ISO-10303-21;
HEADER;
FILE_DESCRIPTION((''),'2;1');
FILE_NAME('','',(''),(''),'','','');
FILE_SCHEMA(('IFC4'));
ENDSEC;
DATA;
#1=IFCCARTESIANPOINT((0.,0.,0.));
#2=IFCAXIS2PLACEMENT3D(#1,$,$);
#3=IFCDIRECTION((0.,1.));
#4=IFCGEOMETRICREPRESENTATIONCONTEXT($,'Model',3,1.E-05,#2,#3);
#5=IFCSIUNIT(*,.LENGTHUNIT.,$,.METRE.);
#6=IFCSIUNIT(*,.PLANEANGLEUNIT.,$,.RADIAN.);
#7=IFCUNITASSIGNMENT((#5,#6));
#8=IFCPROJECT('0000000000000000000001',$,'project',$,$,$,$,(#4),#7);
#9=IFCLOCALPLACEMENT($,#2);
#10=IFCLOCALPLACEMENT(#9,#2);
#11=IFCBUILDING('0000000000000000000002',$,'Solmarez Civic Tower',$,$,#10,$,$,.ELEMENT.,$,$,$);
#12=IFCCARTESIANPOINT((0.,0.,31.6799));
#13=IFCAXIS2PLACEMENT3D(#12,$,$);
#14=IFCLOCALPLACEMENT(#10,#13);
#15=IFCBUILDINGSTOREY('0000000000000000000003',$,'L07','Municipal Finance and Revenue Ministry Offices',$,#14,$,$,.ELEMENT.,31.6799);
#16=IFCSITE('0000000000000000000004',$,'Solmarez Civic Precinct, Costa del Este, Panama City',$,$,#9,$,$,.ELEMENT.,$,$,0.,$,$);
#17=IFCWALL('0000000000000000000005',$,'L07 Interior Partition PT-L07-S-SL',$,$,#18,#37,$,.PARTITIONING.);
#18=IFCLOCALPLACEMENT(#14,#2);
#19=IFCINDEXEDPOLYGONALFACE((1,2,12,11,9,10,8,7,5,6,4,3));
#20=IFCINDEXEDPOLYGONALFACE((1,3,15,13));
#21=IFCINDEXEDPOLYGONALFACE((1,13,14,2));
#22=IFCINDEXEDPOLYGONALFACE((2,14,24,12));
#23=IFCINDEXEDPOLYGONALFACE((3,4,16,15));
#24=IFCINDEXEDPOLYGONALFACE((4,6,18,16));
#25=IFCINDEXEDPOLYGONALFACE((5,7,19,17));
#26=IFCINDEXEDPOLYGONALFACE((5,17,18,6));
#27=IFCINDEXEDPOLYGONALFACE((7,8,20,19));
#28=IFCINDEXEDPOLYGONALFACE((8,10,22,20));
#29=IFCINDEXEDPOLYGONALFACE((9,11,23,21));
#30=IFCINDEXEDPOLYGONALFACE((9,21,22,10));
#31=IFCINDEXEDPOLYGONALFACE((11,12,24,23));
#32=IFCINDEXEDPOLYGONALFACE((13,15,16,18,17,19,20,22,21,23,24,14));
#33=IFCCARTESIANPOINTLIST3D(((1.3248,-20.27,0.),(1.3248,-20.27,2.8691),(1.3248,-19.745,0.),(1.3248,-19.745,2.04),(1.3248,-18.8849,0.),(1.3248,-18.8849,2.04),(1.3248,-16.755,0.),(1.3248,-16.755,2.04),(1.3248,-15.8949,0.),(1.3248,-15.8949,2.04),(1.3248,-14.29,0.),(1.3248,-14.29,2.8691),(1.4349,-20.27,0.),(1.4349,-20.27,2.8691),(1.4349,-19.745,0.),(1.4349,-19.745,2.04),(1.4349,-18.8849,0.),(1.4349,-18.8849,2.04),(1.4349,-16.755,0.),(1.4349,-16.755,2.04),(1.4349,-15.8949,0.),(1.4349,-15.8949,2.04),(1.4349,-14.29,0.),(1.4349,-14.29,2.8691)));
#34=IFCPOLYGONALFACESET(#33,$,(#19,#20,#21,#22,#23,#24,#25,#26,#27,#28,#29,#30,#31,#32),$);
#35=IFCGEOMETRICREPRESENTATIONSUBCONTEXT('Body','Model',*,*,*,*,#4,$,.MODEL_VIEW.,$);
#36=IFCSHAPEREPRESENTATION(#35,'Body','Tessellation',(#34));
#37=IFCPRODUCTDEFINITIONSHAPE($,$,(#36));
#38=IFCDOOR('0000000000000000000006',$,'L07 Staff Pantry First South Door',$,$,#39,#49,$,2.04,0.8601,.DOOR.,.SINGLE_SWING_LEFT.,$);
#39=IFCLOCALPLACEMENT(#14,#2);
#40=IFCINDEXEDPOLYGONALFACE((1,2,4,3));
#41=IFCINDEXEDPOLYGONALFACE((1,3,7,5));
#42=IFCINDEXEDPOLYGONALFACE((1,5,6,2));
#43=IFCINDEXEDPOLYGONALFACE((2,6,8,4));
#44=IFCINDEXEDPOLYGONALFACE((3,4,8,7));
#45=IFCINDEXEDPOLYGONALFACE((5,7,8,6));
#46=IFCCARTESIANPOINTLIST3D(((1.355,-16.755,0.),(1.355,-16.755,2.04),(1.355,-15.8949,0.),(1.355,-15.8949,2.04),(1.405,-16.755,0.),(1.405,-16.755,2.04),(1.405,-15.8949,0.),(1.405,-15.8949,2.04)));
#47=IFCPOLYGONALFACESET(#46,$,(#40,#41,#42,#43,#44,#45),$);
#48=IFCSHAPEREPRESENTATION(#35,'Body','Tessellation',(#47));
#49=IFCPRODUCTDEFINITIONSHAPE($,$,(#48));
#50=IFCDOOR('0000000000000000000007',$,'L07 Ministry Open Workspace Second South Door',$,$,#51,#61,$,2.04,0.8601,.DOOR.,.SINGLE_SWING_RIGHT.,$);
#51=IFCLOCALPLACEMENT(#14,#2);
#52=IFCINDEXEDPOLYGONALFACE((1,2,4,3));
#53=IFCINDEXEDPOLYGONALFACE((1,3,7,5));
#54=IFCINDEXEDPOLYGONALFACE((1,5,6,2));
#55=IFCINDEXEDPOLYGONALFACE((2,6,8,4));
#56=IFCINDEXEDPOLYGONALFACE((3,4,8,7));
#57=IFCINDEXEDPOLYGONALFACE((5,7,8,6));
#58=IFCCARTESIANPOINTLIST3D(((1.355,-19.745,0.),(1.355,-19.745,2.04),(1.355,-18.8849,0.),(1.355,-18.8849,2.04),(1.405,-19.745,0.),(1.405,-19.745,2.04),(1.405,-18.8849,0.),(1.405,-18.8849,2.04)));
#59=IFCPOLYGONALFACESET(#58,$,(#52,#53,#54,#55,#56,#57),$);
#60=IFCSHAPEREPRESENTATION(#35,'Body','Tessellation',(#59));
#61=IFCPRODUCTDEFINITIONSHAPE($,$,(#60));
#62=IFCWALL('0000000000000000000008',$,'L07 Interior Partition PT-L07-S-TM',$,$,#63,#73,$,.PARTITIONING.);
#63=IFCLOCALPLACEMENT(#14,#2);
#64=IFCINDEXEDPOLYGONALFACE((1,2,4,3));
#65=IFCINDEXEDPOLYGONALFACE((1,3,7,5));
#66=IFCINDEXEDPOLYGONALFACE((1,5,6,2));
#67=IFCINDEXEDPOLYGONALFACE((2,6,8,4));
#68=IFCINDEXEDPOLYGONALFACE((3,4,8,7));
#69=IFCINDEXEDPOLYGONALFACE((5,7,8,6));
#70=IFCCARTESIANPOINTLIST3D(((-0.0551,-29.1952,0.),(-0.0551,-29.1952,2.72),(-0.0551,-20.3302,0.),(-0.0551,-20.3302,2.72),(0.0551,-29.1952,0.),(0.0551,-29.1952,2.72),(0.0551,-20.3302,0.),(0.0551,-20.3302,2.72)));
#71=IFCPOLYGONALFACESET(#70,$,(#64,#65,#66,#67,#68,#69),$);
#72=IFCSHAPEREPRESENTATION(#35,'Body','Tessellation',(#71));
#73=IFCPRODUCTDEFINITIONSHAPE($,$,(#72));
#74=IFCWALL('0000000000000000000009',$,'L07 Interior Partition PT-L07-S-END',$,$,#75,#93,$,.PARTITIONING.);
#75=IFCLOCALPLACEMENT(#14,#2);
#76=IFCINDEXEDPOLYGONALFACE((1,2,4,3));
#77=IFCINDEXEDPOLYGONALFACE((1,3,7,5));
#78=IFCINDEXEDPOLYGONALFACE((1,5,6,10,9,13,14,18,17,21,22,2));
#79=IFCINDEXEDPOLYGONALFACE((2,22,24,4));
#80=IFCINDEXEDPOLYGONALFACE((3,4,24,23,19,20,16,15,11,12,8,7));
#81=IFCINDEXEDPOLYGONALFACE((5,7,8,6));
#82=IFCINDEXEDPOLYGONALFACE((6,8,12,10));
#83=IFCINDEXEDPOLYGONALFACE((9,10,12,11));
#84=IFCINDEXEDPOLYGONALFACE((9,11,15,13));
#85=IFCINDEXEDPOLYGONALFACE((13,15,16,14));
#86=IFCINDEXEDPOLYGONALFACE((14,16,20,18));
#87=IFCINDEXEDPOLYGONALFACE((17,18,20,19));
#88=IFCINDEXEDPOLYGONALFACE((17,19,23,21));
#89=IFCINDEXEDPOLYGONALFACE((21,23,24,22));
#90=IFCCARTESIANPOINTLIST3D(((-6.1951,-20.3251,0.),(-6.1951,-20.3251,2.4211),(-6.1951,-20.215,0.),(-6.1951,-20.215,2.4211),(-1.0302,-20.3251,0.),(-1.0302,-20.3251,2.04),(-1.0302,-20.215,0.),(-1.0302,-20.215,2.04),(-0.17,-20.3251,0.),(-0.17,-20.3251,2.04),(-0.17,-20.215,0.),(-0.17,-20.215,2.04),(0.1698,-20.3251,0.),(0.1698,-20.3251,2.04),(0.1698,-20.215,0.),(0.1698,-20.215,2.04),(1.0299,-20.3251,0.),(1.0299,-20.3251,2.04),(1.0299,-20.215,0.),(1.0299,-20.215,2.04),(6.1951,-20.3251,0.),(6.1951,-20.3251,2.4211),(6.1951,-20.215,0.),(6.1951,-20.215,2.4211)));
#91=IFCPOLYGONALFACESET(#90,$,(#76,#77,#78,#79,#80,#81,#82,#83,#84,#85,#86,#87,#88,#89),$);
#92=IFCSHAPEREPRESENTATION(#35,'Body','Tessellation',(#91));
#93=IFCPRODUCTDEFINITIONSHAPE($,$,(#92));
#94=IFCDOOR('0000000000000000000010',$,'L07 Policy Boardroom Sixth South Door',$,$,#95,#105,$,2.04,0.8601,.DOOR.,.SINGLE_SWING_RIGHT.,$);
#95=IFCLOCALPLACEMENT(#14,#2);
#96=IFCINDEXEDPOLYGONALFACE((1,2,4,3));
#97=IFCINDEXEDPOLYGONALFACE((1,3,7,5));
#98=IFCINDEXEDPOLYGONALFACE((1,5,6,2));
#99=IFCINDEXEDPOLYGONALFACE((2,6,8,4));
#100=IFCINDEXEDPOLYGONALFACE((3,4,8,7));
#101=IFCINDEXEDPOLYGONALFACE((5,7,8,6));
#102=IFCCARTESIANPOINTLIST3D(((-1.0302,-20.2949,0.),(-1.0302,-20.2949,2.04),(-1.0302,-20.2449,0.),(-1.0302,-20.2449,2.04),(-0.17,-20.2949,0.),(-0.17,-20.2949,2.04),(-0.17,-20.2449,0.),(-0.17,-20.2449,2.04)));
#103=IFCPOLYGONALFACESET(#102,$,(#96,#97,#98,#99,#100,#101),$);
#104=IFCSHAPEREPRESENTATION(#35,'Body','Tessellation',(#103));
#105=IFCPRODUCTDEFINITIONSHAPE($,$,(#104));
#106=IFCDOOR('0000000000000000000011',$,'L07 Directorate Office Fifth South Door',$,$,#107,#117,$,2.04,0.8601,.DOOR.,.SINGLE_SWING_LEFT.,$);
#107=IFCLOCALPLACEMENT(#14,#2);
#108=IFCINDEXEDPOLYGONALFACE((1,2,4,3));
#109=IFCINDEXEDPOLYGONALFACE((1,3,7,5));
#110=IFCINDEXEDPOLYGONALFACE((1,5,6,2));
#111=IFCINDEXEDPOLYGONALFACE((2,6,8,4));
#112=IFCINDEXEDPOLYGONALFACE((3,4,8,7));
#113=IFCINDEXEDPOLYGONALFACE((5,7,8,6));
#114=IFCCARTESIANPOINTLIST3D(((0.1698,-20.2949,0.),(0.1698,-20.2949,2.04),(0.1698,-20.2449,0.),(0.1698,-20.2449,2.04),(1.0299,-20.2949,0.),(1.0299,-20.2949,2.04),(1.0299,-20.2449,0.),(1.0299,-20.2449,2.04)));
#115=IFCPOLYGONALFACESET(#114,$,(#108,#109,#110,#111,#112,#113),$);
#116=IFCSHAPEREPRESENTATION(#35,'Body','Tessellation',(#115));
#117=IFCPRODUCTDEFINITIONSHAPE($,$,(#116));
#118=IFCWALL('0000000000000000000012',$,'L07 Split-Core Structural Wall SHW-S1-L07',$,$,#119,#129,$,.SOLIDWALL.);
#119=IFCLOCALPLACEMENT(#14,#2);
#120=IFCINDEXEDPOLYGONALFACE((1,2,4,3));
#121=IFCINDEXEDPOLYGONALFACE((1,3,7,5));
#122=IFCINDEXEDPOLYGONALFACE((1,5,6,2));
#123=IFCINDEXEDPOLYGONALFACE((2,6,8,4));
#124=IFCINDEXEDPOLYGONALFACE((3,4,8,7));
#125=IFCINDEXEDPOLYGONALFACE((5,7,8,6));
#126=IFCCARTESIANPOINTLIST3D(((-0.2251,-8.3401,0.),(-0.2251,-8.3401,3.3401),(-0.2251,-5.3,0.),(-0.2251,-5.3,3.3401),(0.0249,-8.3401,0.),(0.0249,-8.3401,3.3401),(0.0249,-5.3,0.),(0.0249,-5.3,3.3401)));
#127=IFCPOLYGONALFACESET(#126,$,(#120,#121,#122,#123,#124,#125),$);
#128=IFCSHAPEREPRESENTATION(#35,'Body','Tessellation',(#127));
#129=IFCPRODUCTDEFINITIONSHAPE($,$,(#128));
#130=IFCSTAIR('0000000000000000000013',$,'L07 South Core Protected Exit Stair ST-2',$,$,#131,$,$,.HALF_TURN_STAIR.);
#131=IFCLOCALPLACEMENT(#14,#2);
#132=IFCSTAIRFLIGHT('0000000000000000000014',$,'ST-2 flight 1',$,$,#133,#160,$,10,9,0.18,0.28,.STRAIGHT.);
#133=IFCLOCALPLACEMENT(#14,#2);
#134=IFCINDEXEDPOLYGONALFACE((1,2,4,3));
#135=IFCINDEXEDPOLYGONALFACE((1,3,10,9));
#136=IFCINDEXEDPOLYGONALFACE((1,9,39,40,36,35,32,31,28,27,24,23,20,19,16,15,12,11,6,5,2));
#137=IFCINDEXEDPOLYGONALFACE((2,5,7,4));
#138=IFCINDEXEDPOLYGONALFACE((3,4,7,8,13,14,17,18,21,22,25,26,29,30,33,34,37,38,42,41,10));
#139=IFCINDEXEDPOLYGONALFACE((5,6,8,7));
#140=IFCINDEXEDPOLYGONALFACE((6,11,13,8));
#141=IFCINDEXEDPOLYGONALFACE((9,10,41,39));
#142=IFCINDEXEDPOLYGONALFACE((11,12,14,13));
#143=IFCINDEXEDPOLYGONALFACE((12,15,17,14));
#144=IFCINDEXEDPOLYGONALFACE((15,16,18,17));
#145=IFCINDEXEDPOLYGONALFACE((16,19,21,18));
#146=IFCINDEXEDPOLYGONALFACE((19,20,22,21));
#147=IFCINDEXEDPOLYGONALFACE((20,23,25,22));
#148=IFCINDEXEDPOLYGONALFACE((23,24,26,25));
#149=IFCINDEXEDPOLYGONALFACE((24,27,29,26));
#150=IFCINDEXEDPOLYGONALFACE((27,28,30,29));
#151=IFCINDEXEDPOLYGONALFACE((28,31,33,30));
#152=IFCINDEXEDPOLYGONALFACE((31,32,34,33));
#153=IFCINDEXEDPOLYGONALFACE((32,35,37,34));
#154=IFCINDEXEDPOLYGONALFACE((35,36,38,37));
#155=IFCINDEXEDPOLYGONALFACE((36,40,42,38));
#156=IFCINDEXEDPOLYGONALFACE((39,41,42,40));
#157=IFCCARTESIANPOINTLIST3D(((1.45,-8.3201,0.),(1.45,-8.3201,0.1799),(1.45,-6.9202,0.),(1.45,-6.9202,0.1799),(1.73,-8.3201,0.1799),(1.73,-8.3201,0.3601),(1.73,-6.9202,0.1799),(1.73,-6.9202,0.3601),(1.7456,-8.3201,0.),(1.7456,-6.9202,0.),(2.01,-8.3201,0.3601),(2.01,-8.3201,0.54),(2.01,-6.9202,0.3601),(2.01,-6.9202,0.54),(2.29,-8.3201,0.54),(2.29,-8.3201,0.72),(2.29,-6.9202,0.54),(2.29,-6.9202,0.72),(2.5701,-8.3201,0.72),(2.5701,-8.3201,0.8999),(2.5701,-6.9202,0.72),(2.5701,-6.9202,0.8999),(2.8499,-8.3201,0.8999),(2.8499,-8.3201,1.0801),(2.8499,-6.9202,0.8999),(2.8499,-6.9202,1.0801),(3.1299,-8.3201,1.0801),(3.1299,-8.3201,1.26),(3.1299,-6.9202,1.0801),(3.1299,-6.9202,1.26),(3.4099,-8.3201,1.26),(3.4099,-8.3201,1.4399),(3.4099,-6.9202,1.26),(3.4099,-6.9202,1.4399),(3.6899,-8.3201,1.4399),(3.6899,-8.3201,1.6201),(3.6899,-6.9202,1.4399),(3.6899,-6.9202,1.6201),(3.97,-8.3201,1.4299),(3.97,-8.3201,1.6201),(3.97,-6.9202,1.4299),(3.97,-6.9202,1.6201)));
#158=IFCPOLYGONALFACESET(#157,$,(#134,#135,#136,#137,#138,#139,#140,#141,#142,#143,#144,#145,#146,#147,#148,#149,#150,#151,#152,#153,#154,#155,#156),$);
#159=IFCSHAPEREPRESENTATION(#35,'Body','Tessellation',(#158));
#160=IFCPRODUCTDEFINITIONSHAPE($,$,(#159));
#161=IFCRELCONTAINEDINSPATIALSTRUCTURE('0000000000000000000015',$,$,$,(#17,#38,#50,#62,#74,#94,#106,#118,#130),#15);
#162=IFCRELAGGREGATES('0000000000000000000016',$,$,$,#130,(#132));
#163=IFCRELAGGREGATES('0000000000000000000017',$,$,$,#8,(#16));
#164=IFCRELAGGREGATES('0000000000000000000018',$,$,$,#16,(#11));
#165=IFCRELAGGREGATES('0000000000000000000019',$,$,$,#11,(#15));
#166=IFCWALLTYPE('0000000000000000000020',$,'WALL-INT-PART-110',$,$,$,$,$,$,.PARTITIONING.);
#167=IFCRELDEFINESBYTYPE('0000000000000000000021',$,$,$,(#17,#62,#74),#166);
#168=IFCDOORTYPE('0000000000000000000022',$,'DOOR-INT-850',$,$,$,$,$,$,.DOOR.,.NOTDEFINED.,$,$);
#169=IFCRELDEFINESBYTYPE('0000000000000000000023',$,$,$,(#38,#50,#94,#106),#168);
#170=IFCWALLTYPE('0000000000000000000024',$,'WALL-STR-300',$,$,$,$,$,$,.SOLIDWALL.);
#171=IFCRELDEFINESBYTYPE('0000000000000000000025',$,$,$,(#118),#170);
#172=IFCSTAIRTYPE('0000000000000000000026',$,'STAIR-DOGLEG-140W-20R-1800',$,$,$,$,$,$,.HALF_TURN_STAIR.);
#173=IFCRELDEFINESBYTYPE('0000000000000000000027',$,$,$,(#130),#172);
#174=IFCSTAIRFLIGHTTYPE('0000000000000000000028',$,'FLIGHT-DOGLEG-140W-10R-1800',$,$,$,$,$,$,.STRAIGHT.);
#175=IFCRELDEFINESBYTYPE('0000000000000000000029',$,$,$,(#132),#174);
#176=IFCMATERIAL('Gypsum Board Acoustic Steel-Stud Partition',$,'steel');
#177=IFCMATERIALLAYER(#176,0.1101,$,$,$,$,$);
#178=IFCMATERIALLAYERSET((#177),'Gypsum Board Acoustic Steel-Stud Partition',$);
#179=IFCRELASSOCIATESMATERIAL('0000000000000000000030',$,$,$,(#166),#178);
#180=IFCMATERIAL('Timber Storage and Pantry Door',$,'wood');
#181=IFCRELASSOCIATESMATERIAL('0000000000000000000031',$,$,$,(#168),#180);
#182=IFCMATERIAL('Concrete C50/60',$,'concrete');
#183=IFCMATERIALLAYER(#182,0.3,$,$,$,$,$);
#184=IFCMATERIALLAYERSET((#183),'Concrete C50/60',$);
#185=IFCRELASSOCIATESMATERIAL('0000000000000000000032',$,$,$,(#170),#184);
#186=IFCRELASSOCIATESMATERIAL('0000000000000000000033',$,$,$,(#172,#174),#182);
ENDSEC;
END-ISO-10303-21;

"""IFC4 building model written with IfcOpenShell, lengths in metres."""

from ifc_helpers import new_model, si_unit, direction, frame, frame_2d, origin, place, context, subcontext, project, spatial, polyline, rectangle, outline, extrude, material, layer, layer_set, type_object, element, fill, aggregate, save


model = new_model("IFC4")

# Units and contexts
model_context = context("Model", 3, precision=1e-05, world=origin(), true_north=direction((0.0, 1.0)))
body_context = subcontext(model_context, "Body", "Model", "MODEL_VIEW")
ifc_project = project(units=[si_unit("LENGTHUNIT", "METRE"), si_unit("PLANEANGLEUNIT", "RADIAN")], contexts=[model_context])

# Site, building, storey
site_placement = place(None, origin())
site = spatial("IfcSite", under=ifc_project, at=site_placement, Name="Solmarez Civic Precinct, Costa del Este, Panama City", CompositionType="ELEMENT", RefElevation=0.0)
building_placement = place(site_placement, origin())
building = spatial("IfcBuilding", under=site, at=building_placement, Name="Solmarez Civic Tower", CompositionType="ELEMENT")
storey_placement = place(building_placement, frame((0.0, 0.0, 31.6799)))
storey = spatial("IfcBuildingStorey", under=building, at=storey_placement, Name="L07", Description="Municipal Finance and Revenue Ministry Offices", CompositionType="ELEMENT", Elevation=31.6799)

# Shared definitions
ifc_material_1 = material(Name="Concrete C50/60", Category="concrete")

# Shared definitions
ifc_material_2 = material(Name="Gypsum Board Acoustic Steel-Stud Partition", Category="steel")
ifc_layer_1 = layer(ifc_material_2, 0.1101)
ifc_layer_set_1 = layer_set([ifc_layer_1], Name="Gypsum Board Acoustic Steel-Stud Partition")
wall_type_1 = type_object("IfcWallType", Name="WALL-INT-PART-110", PredefinedType="PARTITIONING", material=ifc_layer_set_1)

# Wall, openings, doors
wall_1_placement = place(storey_placement, frame((1.3799, -20.27, 0.0), z_axis=(0.0, 0.0, 1.0), x_axis=(0.0, 1.0, 0.0)))
wall_1 = element("IfcWall", 1, at=wall_1_placement, inside=storey, type_object=wall_type_1, Name="L07 Interior Partition PT-L07-S-SL", PredefinedType="PARTITIONING", context=body_context, shape_type="SweptSolid", body=[
    extrude(rectangle(XDim=5.98, YDim=0.1101, at=frame_2d((2.99, 0.0))), origin(), (0.0, 0.0, 1.0), 2.8691),
])
opening_1_placement = place(wall_1_placement, frame((3.5149, 0.0, 0.0)))
opening_1 = element("IfcOpeningElement", 2, at=opening_1_placement, cuts=wall_1, PredefinedType="OPENING", context=body_context, shape_type="SweptSolid", body=[
    extrude(rectangle(XDim=0.8601, YDim=2.04, at=frame_2d((0.4302, 1.02))), frame((0.0, 0.0649, 0.0), z_axis=(0.0, -1.0, 0.0), x_axis=(1.0, 0.0, 0.0)), (0.0, 0.0, 1.0), 0.1301),
])
opening_2_placement = place(wall_1_placement, frame((0.5249, 0.0, 0.0)))
opening_2 = element("IfcOpeningElement", 3, at=opening_2_placement, cuts=wall_1, PredefinedType="OPENING", context=body_context, shape_type="SweptSolid", body=[
    extrude(rectangle(XDim=0.8601, YDim=2.04, at=frame_2d((0.4302, 1.02))), frame((0.0, 0.0649, 0.0), z_axis=(0.0, -1.0, 0.0), x_axis=(1.0, 0.0, 0.0)), (0.0, 0.0, 1.0), 0.1301),
])
ifc_material_3 = material(Name="Timber Storage and Pantry Door", Category="wood")
door_type = type_object("IfcDoorType", Name="DOOR-INT-850", OperationType="NOTDEFINED", PredefinedType="DOOR", material=ifc_material_3)
door_1_placement = place(opening_1_placement, origin())
door_1 = element("IfcDoor", 4, at=door_1_placement, inside=storey, type_object=door_type, Name="L07 Staff Pantry First South Door", OperationType="SINGLE_SWING_LEFT", OverallHeight=2.04, OverallWidth=0.8601, PredefinedType="DOOR", context=body_context, shape_type="SweptSolid", body=[
    extrude(rectangle(XDim=0.8601, YDim=2.04, at=frame_2d((0.4302, 1.02))), frame((0.0, 0.0249, 0.0), z_axis=(0.0, -1.0, 0.0), x_axis=(1.0, 0.0, 0.0)), (0.0, 0.0, 1.0), 0.05),
])
fill(opening_1, door_1)
door_2_placement = place(opening_2_placement, origin())
door_2 = element("IfcDoor", 5, at=door_2_placement, inside=storey, type_object=door_type, Name="L07 Ministry Open Workspace Second South Door", OperationType="SINGLE_SWING_RIGHT", OverallHeight=2.04, OverallWidth=0.8601, PredefinedType="DOOR", context=body_context, shape_type="SweptSolid", body=[
    extrude(rectangle(XDim=0.8601, YDim=2.04, at=frame_2d((0.4302, 1.02))), frame((0.0, 0.0249, 0.0), z_axis=(0.0, -1.0, 0.0), x_axis=(1.0, 0.0, 0.0)), (0.0, 0.0, 1.0), 0.05),
])
fill(opening_2, door_2)

# Wall
wall_2_placement = place(storey_placement, frame((0.0, -20.3301, 0.0), z_axis=(0.0, 0.0, 1.0), x_axis=(0.0, -1.0, 0.0)))
element("IfcWall", 6, at=wall_2_placement, inside=storey, type_object=wall_type_1, Name="L07 Interior Partition PT-L07-S-TM", PredefinedType="PARTITIONING", context=body_context, shape_type="SweptSolid", body=[
    extrude(rectangle(XDim=8.865, YDim=0.1101, at=frame_2d((4.4326, 0.0))), origin(), (0.0, 0.0, 1.0), 2.72),
])

# Wall, openings, doors
wall_3_placement = place(storey_placement, frame((6.1951, -20.27, 0.0), z_axis=(0.0, 0.0, 1.0), x_axis=(-1.0, 0.0, 0.0)))
wall_3 = element("IfcWall", 7, at=wall_3_placement, inside=storey, type_object=wall_type_1, Name="L07 Interior Partition PT-L07-S-END", PredefinedType="PARTITIONING", context=body_context, shape_type="SweptSolid", body=[
    extrude(rectangle(XDim=12.3901, YDim=0.1101, at=frame_2d((6.1951, 0.0))), origin(), (0.0, 0.0, 1.0), 2.4211),
])
opening_3_placement = place(wall_3_placement, frame((6.365, 0.0, 0.0)))
opening_3 = element("IfcOpeningElement", 8, at=opening_3_placement, cuts=wall_3, PredefinedType="OPENING", context=body_context, shape_type="SweptSolid", body=[
    extrude(rectangle(XDim=0.8601, YDim=2.04, at=frame_2d((0.4302, 1.02))), frame((0.0, 0.0649, 0.0), z_axis=(0.0, -1.0, 0.0), x_axis=(1.0, 0.0, 0.0)), (0.0, 0.0, 1.0), 0.1301),
])
opening_4_placement = place(wall_3_placement, frame((5.165, 0.0, 0.0)))
opening_4 = element("IfcOpeningElement", 9, at=opening_4_placement, cuts=wall_3, PredefinedType="OPENING", context=body_context, shape_type="SweptSolid", body=[
    extrude(rectangle(XDim=0.8601, YDim=2.04, at=frame_2d((0.4302, 1.02))), frame((0.0, 0.0649, 0.0), z_axis=(0.0, -1.0, 0.0), x_axis=(1.0, 0.0, 0.0)), (0.0, 0.0, 1.0), 0.1301),
])
door_3_placement = place(opening_3_placement, origin())
door_3 = element("IfcDoor", 10, at=door_3_placement, inside=storey, type_object=door_type, Name="L07 Policy Boardroom Sixth South Door", OperationType="SINGLE_SWING_RIGHT", OverallHeight=2.04, OverallWidth=0.8601, PredefinedType="DOOR", context=body_context, shape_type="SweptSolid", body=[
    extrude(rectangle(XDim=0.8601, YDim=2.04, at=frame_2d((0.4302, 1.02))), frame((0.0, 0.0249, 0.0), z_axis=(0.0, -1.0, 0.0), x_axis=(1.0, 0.0, 0.0)), (0.0, 0.0, 1.0), 0.05),
])
fill(opening_3, door_3)
door_4_placement = place(opening_4_placement, origin())
door_4 = element("IfcDoor", 11, at=door_4_placement, inside=storey, type_object=door_type, Name="L07 Directorate Office Fifth South Door", OperationType="SINGLE_SWING_LEFT", OverallHeight=2.04, OverallWidth=0.8601, PredefinedType="DOOR", context=body_context, shape_type="SweptSolid", body=[
    extrude(rectangle(XDim=0.8601, YDim=2.04, at=frame_2d((0.4302, 1.02))), frame((0.0, 0.0249, 0.0), z_axis=(0.0, -1.0, 0.0), x_axis=(1.0, 0.0, 0.0)), (0.0, 0.0, 1.0), 0.05),
])
fill(opening_4, door_4)

# Wall
ifc_layer_2 = layer(ifc_material_1, 0.3)
ifc_layer_set_2 = layer_set([ifc_layer_2], Name="Concrete C50/60")
wall_type_2 = type_object("IfcWallType", Name="WALL-STR-300", PredefinedType="SOLIDWALL", material=ifc_layer_set_2)
wall_4_placement = place(storey_placement, frame((-0.1001, -8.3401, 0.0), z_axis=(0.0, 0.0, 1.0), x_axis=(0.0, 1.0, 0.0)))
element("IfcWall", 12, at=wall_4_placement, inside=storey, type_object=wall_type_2, Name="L07 Split-Core Structural Wall SHW-S1-L07", PredefinedType="SOLIDWALL", context=body_context, shape_type="SweptSolid", body=[
    extrude(rectangle(XDim=3.04, YDim=0.25, at=frame_2d((1.52, 0.0))), origin(), (0.0, 0.0, 1.0), 3.3401),
])

# Stair, stair flight
stair_type = type_object("IfcStairType", Name="STAIR-DOGLEG-140W-20R-1800", PredefinedType="HALF_TURN_STAIR", material=ifc_material_1)
stair_placement = place(storey_placement, origin())
stair = element("IfcStair", 13, at=stair_placement, inside=storey, type_object=stair_type, Name="L07 South Core Protected Exit Stair ST-2", PredefinedType="HALF_TURN_STAIR")
stair_flight_type = type_object("IfcStairFlightType", Name="FLIGHT-DOGLEG-140W-10R-1800", PredefinedType="STRAIGHT", material=ifc_material_1)
stair_flight_placement = place(storey_placement, frame((1.45, -7.6201, 0.0), z_axis=(0.0, 0.0, 1.0), x_axis=(1.0, 0.0, 0.0)))
stair_flight = element("IfcStairFlight", 14, at=stair_flight_placement, type_object=stair_flight_type, Name="ST-2 flight 1", NumberOfRisers=10, NumberOfTreads=9, PredefinedType="STRAIGHT", RiserHeight=0.18, TreadLength=0.28, context=body_context, shape_type="SweptSolid", body=[
    extrude(outline(polyline([(0.0, 0.0), (0.0, 0.1799), (0.28, 0.1799), (0.28, 0.3601), (0.5601, 0.3601), (0.5601, 0.54), (0.8401, 0.54), (0.8401, 0.72), (1.1201, 0.72), (1.1201, 0.8999), (1.3999, 0.8999), (1.3999, 1.0801), (1.6799, 1.0801), (1.6799, 1.26), (1.96, 1.26), (1.96, 1.4399), (2.24, 1.4399), (2.24, 1.6201), (2.52, 1.6201), (2.52, 1.8), (2.52, 1.4299), (0.2957, 0.0), (0.0, 0.0)])), frame((0.0, 0.7, 0.0), z_axis=(0.0, -1.0, 0.0), x_axis=(1.0, 0.0, 0.0)), (0.0, 0.0, 1.0), 1.3999),
])
aggregate(stair, [stair_flight])

save(model, "model.ifc")
